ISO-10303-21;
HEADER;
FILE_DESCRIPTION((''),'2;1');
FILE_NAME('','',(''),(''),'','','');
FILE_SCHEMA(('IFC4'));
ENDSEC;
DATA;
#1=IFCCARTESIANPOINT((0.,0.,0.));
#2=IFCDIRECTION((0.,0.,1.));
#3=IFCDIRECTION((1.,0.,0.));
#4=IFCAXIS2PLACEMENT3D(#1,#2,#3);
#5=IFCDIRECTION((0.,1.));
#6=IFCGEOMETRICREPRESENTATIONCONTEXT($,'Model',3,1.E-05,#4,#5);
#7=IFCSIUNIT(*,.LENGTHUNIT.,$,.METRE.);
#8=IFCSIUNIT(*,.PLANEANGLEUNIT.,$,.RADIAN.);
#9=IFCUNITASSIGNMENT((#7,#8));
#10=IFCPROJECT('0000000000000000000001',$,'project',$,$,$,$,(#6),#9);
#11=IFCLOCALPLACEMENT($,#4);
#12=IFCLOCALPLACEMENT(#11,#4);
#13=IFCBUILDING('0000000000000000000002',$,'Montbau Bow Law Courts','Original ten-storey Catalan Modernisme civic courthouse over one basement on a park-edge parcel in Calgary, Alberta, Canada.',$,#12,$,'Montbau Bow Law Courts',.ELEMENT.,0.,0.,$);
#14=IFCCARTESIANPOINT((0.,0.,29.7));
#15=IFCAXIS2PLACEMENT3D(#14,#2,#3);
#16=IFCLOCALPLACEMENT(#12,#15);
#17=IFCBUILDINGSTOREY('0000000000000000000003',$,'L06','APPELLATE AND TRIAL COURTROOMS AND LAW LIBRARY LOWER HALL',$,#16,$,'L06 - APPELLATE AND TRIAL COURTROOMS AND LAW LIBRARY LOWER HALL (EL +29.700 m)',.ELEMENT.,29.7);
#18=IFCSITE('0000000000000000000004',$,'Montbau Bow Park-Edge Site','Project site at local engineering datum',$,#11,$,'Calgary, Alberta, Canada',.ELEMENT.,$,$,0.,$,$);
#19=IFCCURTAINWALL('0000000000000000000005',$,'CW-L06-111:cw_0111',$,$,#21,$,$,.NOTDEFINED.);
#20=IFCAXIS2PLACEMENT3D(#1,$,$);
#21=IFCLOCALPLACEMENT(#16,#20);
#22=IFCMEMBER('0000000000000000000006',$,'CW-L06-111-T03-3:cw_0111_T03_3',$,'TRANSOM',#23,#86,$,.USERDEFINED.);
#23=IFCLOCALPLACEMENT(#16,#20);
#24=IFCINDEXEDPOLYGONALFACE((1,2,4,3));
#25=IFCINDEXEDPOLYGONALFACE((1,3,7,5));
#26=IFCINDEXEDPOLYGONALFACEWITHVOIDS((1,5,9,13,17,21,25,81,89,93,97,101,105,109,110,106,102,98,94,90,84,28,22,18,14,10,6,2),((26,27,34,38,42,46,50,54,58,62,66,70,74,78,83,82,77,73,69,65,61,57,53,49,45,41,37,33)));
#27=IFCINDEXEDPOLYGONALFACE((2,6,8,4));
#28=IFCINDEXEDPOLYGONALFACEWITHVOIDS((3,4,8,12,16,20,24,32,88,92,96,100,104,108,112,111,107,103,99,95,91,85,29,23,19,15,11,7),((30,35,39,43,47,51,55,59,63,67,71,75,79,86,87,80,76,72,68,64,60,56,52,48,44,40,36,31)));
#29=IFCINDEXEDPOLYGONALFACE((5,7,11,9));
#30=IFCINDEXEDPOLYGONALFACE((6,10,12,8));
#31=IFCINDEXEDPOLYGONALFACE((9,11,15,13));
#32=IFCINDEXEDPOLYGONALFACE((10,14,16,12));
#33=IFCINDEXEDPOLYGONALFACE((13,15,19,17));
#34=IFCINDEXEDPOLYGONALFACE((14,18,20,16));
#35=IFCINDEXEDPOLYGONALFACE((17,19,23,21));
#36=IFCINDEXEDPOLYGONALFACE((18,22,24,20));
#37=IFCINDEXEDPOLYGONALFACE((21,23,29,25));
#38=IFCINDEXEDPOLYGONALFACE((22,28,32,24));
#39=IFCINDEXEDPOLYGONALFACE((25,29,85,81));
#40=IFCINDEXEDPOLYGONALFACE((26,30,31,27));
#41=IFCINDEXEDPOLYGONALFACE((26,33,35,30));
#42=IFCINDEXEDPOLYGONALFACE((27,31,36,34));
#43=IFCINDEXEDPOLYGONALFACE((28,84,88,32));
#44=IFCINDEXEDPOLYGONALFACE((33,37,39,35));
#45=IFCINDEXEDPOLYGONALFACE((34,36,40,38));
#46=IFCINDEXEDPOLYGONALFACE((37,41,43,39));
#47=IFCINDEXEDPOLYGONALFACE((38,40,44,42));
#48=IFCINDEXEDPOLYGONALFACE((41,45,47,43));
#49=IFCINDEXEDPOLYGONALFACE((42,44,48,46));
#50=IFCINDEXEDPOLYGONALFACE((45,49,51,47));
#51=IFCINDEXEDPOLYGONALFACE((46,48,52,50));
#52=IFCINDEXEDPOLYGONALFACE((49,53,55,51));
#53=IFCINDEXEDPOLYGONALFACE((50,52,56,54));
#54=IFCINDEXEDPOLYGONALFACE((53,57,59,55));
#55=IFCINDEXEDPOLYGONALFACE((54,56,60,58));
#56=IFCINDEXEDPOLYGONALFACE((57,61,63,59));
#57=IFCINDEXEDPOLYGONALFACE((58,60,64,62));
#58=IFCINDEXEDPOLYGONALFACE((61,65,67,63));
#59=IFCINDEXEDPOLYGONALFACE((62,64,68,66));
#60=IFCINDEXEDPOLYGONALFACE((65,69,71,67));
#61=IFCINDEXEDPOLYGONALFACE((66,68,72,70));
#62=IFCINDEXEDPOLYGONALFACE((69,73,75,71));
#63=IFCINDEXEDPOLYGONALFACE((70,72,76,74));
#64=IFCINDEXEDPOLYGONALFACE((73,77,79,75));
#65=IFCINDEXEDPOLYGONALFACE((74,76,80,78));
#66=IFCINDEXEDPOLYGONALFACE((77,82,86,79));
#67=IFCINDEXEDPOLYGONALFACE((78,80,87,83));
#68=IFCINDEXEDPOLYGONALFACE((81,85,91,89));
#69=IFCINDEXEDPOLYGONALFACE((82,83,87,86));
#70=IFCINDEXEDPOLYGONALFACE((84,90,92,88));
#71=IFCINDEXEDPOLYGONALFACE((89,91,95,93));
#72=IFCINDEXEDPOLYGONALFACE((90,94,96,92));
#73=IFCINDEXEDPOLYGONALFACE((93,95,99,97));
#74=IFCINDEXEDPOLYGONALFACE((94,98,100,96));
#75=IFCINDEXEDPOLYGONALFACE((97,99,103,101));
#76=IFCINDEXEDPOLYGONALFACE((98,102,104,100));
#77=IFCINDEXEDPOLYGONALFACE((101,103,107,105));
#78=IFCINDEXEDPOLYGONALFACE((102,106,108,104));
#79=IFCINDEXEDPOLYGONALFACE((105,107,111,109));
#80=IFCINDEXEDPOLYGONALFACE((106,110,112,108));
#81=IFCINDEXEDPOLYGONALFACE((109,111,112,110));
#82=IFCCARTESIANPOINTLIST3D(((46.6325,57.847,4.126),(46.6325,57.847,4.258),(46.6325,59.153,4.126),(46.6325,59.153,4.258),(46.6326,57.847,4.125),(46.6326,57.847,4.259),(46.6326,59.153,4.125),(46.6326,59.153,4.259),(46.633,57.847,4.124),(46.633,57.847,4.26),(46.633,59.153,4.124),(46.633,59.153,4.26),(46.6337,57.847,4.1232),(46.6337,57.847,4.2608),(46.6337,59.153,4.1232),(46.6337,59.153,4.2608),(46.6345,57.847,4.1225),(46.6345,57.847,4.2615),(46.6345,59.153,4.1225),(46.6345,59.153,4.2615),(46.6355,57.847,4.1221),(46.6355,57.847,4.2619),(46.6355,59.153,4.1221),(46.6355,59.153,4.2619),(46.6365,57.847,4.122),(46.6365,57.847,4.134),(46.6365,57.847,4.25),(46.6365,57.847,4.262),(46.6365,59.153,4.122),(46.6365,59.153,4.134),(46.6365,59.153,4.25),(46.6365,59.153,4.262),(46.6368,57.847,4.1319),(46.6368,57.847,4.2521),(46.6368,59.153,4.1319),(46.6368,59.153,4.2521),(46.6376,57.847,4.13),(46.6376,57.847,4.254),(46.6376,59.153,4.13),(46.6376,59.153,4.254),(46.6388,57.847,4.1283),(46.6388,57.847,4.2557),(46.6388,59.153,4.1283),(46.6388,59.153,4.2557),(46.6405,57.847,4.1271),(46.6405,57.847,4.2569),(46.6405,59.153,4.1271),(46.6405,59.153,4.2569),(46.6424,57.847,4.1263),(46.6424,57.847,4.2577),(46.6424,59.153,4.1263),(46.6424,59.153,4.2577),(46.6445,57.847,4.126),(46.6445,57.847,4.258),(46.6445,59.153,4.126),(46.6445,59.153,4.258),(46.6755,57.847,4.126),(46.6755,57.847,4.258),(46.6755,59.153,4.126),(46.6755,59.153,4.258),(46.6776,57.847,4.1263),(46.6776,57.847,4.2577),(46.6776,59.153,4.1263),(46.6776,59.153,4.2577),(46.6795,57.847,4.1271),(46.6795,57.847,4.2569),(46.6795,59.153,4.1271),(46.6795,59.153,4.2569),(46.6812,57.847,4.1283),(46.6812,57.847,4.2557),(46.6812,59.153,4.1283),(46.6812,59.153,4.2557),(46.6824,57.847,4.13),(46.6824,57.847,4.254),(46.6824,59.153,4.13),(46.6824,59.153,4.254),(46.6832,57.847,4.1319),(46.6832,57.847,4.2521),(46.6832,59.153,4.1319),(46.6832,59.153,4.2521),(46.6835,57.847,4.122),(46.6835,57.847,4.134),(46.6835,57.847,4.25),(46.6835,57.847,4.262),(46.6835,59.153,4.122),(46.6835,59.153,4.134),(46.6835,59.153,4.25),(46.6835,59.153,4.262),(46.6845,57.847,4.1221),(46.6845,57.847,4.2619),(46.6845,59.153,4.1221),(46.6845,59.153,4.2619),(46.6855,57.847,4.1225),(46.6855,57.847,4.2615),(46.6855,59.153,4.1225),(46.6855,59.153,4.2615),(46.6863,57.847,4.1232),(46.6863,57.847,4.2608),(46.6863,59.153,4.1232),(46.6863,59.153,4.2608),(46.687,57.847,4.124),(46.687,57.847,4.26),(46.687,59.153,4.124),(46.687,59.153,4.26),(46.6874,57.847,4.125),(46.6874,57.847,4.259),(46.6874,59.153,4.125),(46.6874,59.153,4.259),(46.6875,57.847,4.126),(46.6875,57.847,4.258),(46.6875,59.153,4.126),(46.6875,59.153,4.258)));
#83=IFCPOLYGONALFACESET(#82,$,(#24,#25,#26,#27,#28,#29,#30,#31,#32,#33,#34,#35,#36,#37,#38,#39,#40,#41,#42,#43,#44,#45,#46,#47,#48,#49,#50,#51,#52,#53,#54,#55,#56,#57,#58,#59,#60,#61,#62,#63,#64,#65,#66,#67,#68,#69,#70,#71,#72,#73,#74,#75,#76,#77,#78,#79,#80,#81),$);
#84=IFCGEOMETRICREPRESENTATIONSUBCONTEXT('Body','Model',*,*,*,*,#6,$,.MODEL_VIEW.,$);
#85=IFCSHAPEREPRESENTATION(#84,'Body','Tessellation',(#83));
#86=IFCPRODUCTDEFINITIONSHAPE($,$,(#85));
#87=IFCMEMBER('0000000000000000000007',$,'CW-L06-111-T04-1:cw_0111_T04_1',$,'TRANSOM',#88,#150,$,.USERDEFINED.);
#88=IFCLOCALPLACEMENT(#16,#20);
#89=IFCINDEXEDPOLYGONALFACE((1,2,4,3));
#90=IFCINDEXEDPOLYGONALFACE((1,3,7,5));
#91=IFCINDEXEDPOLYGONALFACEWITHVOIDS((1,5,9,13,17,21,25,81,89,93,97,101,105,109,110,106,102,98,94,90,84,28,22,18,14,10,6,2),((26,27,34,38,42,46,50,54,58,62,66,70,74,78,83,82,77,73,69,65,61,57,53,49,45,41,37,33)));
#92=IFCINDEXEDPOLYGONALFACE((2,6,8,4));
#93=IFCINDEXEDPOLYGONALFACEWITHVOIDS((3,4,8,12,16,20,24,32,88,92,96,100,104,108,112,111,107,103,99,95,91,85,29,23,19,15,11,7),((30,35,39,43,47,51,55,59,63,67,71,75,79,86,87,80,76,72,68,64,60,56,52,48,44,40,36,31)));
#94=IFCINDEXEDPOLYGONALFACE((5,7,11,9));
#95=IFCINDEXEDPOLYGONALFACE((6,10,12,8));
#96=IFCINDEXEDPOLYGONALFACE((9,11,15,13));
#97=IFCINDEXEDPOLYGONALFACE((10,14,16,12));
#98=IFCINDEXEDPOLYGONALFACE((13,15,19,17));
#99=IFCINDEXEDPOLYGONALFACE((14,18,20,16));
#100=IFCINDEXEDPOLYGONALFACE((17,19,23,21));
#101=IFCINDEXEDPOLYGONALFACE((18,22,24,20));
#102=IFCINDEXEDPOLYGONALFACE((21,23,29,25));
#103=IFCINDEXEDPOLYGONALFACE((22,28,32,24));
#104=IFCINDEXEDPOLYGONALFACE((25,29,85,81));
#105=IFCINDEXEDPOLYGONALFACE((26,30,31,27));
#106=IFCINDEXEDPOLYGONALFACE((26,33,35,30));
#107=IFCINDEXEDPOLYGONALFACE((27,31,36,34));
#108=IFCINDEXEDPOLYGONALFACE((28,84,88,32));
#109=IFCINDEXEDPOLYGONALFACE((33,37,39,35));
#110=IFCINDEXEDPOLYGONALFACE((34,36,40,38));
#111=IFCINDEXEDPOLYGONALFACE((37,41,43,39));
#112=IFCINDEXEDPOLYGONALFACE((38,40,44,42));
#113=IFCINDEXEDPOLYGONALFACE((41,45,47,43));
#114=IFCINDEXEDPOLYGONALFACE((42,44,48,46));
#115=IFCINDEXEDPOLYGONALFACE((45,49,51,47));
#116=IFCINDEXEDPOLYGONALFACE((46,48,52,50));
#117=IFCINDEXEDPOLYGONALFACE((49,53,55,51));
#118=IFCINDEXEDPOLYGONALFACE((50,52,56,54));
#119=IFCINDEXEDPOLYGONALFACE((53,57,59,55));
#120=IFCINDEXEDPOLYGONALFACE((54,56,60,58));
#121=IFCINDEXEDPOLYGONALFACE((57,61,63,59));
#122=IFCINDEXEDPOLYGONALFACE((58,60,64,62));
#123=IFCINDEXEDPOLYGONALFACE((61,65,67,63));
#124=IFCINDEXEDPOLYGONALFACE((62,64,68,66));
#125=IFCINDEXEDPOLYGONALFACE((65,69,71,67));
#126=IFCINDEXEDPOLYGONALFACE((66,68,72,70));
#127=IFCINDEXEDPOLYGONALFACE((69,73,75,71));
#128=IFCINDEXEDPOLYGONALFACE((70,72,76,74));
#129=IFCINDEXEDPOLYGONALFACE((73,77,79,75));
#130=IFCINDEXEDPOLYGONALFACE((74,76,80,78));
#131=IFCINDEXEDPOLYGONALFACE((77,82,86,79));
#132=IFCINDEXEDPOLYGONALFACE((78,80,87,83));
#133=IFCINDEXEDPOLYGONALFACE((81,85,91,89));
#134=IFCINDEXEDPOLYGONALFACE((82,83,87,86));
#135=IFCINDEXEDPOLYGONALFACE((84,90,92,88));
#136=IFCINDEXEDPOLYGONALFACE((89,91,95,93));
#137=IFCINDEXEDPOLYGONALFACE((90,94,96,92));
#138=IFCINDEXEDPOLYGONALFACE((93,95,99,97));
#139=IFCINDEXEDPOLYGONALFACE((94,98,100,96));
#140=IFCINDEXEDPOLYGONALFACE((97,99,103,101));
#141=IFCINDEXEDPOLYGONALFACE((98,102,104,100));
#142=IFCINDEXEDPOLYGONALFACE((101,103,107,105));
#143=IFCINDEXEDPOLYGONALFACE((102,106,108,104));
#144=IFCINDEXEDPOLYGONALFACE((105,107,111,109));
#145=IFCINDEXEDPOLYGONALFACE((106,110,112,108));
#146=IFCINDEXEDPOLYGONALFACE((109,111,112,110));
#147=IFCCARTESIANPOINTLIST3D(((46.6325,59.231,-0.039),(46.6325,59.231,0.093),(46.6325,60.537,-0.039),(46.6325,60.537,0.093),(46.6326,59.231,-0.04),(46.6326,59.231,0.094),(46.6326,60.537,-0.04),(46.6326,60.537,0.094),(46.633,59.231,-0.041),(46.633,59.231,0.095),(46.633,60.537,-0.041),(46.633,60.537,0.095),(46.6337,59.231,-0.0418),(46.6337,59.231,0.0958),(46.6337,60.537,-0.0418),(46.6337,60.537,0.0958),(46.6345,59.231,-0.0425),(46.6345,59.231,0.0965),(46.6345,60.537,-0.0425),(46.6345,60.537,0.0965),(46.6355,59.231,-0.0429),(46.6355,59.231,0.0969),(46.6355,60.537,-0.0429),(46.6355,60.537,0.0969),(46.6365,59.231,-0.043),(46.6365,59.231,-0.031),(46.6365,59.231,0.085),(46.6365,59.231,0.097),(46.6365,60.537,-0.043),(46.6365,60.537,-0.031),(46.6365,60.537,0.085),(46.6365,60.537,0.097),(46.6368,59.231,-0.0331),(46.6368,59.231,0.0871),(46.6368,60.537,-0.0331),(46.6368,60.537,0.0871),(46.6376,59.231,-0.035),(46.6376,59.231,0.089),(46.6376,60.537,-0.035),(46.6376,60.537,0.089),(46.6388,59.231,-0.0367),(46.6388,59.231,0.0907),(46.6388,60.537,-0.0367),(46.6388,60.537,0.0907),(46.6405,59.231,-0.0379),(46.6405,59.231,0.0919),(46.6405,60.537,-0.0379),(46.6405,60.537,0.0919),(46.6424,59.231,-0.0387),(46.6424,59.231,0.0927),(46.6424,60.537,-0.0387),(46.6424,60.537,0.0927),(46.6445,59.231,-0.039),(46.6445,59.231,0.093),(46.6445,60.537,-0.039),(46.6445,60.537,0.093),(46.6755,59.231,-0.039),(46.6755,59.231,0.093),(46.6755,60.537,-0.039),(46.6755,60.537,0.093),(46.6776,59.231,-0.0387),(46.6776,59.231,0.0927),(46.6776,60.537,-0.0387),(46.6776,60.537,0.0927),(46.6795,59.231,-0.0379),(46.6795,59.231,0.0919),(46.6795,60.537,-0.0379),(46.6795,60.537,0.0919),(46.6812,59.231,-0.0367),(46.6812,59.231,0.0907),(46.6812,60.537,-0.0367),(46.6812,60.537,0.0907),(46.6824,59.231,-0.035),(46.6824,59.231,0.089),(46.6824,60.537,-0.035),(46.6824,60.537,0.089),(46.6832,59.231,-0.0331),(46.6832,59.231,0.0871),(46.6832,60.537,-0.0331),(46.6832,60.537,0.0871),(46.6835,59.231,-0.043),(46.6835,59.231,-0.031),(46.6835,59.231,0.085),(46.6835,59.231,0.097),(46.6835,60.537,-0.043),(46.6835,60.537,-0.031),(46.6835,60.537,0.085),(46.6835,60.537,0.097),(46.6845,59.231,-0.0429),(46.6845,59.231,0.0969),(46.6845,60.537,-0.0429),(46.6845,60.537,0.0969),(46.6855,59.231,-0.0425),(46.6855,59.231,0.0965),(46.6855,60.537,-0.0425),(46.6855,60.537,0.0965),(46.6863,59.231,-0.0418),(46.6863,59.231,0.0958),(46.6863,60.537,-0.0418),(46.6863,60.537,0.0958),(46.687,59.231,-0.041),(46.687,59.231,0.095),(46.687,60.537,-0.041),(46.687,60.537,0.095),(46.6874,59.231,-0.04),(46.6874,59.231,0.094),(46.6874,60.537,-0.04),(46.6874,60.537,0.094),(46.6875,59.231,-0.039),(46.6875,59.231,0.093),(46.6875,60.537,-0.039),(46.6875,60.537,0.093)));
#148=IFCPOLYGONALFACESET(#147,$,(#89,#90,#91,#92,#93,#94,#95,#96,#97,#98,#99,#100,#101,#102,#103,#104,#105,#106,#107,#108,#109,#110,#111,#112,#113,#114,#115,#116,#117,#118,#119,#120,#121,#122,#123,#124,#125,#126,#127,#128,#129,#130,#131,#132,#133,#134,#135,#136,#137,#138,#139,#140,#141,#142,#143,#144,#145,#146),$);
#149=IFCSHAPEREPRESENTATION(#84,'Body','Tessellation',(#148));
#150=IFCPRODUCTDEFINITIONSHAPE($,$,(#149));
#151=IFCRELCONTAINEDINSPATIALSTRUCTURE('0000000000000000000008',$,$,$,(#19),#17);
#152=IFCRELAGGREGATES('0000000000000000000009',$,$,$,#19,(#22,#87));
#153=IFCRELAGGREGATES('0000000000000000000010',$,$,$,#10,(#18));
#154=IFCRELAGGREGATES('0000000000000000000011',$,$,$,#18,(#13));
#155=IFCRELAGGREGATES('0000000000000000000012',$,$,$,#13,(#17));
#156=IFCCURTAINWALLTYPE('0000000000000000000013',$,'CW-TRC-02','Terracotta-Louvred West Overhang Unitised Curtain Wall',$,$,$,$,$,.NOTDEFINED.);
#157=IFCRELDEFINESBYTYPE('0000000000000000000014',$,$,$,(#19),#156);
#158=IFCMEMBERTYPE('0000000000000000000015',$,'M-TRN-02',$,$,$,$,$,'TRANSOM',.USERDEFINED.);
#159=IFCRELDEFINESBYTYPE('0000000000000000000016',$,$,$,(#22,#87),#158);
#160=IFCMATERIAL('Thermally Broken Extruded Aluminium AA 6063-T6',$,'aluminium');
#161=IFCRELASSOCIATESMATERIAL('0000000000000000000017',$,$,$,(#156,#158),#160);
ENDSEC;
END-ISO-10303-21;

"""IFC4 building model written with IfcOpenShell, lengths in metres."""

from ifc_helpers import new_model, si_unit, direction, frame, origin_with_axes, origin_2d_with_axis, place, context, subcontext, project, spatial, hollow_rectangle, extrude, material, material_profile, profile_set, type_object, element, aggregate, save


model = new_model("IFC4")

# Units and contexts
model_context = context("Model", 3, precision=1e-05, world=origin_with_axes(), true_north=direction((0.0, 1.0)))
body_context = subcontext(model_context, "Body", "Model", "MODEL_VIEW")
ifc_project = project(units=[si_unit("LENGTHUNIT", "METRE"), si_unit("PLANEANGLEUNIT", "RADIAN")], contexts=[model_context])

# Site, building, storey
site_placement = place(None, origin_with_axes())
site = spatial("IfcSite", under=ifc_project, at=site_placement, Name="Montbau Bow Park-Edge Site", Description="Project site at local engineering datum", LongName="Calgary, Alberta, Canada", CompositionType="ELEMENT", RefElevation=0.0)
building_placement = place(site_placement, origin_with_axes())
building = spatial("IfcBuilding", under=site, at=building_placement, Name="Montbau Bow Law Courts", Description="Original ten-storey Catalan Modernisme civic courthouse over one basement on a park-edge parcel in Calgary, Alberta, Canada.", LongName="Montbau Bow Law Courts", CompositionType="ELEMENT", ElevationOfRefHeight=0.0, ElevationOfTerrain=0.0)
storey_placement = place(building_placement, frame((0.0, 0.0, 29.7), z_axis=(0.0, 0.0, 1.0), x_axis=(1.0, 0.0, 0.0)))
storey = spatial("IfcBuildingStorey", under=building, at=storey_placement, Name="L06", Description="APPELLATE AND TRIAL COURTROOMS AND LAW LIBRARY LOWER HALL", LongName="L06 - APPELLATE AND TRIAL COURTROOMS AND LAW LIBRARY LOWER HALL (EL +29.700 m)", CompositionType="ELEMENT", Elevation=29.7)

# Curtain wall, members
ifc_material_1 = material(Name="Thermally Broken Extruded Aluminium AA 6063-T6", Category="aluminium")
curtain_wall_type = type_object("IfcCurtainWallType", Name="CW-TRC-02", Description="Terracotta-Louvred West Overhang Unitised Curtain Wall", PredefinedType="NOTDEFINED", material=ifc_material_1)
curtain_wall_1_placement = place(None, frame((46.66, 55.04, 29.7), z_axis=(0.0, 0.0, 1.0), x_axis=(1.0, 0.0, 0.0)))
curtain_wall_1 = element("IfcCurtainWall", 1, at=curtain_wall_1_placement, inside=storey, type_object=curtain_wall_type, Name="CW-L06-111:cw_0111", PredefinedType="NOTDEFINED")
ifc_material_profile_1 = material_profile(ifc_material_1, hollow_rectangle(XDim=0.055, YDim=0.14, WallThickness=0.004, InnerFilletRadius=0.008, OuterFilletRadius=0.004, at=origin_2d_with_axis()), Name="CWT-140X55", Category="Main", Priority=0)
ifc_profile_set_1 = profile_set([ifc_material_profile_1], Name="Thermally Broken Extruded Aluminium AA 6063-T6")
member_type_1 = type_object("IfcMemberType", Name="M-TRN-02", ElementType="TRANSOM", PredefinedType="USERDEFINED", material=ifc_profile_set_1)
member_1_placement = place(None, frame((46.66, 57.847, 33.892), z_axis=(0.0, 1.0, 0.0), x_axis=(-1.0, 0.0, 0.0)))
member_1 = element("IfcMember", 2, at=member_1_placement, type_object=member_type_1, Name="CW-L06-111-T03-3:cw_0111_T03_3", ObjectType="TRANSOM", PredefinedType="USERDEFINED", context=body_context, shape_type="SweptSolid", body=[
    extrude(hollow_rectangle(XDim=0.055, YDim=0.14, WallThickness=0.004, InnerFilletRadius=0.008, OuterFilletRadius=0.004, at=origin_2d_with_axis()), origin_with_axes(), (0.0, 0.0, 1.0), 1.306),
])
member_2_placement = place(None, frame((46.66, 59.231, 29.727), z_axis=(0.0, 1.0, 0.0), x_axis=(-1.0, 0.0, 0.0)))
member_2 = element("IfcMember", 3, at=member_2_placement, type_object=member_type_1, Name="CW-L06-111-T04-1:cw_0111_T04_1", ObjectType="TRANSOM", PredefinedType="USERDEFINED", context=body_context, shape_type="SweptSolid", body=[
    extrude(hollow_rectangle(XDim=0.055, YDim=0.14, WallThickness=0.004, InnerFilletRadius=0.008, OuterFilletRadius=0.004, at=origin_2d_with_axis()), origin_with_axes(), (0.0, 0.0, 1.0), 1.306),
])

aggregate(curtain_wall_1, [member_1, member_2])

save(model, "model.ifc")
